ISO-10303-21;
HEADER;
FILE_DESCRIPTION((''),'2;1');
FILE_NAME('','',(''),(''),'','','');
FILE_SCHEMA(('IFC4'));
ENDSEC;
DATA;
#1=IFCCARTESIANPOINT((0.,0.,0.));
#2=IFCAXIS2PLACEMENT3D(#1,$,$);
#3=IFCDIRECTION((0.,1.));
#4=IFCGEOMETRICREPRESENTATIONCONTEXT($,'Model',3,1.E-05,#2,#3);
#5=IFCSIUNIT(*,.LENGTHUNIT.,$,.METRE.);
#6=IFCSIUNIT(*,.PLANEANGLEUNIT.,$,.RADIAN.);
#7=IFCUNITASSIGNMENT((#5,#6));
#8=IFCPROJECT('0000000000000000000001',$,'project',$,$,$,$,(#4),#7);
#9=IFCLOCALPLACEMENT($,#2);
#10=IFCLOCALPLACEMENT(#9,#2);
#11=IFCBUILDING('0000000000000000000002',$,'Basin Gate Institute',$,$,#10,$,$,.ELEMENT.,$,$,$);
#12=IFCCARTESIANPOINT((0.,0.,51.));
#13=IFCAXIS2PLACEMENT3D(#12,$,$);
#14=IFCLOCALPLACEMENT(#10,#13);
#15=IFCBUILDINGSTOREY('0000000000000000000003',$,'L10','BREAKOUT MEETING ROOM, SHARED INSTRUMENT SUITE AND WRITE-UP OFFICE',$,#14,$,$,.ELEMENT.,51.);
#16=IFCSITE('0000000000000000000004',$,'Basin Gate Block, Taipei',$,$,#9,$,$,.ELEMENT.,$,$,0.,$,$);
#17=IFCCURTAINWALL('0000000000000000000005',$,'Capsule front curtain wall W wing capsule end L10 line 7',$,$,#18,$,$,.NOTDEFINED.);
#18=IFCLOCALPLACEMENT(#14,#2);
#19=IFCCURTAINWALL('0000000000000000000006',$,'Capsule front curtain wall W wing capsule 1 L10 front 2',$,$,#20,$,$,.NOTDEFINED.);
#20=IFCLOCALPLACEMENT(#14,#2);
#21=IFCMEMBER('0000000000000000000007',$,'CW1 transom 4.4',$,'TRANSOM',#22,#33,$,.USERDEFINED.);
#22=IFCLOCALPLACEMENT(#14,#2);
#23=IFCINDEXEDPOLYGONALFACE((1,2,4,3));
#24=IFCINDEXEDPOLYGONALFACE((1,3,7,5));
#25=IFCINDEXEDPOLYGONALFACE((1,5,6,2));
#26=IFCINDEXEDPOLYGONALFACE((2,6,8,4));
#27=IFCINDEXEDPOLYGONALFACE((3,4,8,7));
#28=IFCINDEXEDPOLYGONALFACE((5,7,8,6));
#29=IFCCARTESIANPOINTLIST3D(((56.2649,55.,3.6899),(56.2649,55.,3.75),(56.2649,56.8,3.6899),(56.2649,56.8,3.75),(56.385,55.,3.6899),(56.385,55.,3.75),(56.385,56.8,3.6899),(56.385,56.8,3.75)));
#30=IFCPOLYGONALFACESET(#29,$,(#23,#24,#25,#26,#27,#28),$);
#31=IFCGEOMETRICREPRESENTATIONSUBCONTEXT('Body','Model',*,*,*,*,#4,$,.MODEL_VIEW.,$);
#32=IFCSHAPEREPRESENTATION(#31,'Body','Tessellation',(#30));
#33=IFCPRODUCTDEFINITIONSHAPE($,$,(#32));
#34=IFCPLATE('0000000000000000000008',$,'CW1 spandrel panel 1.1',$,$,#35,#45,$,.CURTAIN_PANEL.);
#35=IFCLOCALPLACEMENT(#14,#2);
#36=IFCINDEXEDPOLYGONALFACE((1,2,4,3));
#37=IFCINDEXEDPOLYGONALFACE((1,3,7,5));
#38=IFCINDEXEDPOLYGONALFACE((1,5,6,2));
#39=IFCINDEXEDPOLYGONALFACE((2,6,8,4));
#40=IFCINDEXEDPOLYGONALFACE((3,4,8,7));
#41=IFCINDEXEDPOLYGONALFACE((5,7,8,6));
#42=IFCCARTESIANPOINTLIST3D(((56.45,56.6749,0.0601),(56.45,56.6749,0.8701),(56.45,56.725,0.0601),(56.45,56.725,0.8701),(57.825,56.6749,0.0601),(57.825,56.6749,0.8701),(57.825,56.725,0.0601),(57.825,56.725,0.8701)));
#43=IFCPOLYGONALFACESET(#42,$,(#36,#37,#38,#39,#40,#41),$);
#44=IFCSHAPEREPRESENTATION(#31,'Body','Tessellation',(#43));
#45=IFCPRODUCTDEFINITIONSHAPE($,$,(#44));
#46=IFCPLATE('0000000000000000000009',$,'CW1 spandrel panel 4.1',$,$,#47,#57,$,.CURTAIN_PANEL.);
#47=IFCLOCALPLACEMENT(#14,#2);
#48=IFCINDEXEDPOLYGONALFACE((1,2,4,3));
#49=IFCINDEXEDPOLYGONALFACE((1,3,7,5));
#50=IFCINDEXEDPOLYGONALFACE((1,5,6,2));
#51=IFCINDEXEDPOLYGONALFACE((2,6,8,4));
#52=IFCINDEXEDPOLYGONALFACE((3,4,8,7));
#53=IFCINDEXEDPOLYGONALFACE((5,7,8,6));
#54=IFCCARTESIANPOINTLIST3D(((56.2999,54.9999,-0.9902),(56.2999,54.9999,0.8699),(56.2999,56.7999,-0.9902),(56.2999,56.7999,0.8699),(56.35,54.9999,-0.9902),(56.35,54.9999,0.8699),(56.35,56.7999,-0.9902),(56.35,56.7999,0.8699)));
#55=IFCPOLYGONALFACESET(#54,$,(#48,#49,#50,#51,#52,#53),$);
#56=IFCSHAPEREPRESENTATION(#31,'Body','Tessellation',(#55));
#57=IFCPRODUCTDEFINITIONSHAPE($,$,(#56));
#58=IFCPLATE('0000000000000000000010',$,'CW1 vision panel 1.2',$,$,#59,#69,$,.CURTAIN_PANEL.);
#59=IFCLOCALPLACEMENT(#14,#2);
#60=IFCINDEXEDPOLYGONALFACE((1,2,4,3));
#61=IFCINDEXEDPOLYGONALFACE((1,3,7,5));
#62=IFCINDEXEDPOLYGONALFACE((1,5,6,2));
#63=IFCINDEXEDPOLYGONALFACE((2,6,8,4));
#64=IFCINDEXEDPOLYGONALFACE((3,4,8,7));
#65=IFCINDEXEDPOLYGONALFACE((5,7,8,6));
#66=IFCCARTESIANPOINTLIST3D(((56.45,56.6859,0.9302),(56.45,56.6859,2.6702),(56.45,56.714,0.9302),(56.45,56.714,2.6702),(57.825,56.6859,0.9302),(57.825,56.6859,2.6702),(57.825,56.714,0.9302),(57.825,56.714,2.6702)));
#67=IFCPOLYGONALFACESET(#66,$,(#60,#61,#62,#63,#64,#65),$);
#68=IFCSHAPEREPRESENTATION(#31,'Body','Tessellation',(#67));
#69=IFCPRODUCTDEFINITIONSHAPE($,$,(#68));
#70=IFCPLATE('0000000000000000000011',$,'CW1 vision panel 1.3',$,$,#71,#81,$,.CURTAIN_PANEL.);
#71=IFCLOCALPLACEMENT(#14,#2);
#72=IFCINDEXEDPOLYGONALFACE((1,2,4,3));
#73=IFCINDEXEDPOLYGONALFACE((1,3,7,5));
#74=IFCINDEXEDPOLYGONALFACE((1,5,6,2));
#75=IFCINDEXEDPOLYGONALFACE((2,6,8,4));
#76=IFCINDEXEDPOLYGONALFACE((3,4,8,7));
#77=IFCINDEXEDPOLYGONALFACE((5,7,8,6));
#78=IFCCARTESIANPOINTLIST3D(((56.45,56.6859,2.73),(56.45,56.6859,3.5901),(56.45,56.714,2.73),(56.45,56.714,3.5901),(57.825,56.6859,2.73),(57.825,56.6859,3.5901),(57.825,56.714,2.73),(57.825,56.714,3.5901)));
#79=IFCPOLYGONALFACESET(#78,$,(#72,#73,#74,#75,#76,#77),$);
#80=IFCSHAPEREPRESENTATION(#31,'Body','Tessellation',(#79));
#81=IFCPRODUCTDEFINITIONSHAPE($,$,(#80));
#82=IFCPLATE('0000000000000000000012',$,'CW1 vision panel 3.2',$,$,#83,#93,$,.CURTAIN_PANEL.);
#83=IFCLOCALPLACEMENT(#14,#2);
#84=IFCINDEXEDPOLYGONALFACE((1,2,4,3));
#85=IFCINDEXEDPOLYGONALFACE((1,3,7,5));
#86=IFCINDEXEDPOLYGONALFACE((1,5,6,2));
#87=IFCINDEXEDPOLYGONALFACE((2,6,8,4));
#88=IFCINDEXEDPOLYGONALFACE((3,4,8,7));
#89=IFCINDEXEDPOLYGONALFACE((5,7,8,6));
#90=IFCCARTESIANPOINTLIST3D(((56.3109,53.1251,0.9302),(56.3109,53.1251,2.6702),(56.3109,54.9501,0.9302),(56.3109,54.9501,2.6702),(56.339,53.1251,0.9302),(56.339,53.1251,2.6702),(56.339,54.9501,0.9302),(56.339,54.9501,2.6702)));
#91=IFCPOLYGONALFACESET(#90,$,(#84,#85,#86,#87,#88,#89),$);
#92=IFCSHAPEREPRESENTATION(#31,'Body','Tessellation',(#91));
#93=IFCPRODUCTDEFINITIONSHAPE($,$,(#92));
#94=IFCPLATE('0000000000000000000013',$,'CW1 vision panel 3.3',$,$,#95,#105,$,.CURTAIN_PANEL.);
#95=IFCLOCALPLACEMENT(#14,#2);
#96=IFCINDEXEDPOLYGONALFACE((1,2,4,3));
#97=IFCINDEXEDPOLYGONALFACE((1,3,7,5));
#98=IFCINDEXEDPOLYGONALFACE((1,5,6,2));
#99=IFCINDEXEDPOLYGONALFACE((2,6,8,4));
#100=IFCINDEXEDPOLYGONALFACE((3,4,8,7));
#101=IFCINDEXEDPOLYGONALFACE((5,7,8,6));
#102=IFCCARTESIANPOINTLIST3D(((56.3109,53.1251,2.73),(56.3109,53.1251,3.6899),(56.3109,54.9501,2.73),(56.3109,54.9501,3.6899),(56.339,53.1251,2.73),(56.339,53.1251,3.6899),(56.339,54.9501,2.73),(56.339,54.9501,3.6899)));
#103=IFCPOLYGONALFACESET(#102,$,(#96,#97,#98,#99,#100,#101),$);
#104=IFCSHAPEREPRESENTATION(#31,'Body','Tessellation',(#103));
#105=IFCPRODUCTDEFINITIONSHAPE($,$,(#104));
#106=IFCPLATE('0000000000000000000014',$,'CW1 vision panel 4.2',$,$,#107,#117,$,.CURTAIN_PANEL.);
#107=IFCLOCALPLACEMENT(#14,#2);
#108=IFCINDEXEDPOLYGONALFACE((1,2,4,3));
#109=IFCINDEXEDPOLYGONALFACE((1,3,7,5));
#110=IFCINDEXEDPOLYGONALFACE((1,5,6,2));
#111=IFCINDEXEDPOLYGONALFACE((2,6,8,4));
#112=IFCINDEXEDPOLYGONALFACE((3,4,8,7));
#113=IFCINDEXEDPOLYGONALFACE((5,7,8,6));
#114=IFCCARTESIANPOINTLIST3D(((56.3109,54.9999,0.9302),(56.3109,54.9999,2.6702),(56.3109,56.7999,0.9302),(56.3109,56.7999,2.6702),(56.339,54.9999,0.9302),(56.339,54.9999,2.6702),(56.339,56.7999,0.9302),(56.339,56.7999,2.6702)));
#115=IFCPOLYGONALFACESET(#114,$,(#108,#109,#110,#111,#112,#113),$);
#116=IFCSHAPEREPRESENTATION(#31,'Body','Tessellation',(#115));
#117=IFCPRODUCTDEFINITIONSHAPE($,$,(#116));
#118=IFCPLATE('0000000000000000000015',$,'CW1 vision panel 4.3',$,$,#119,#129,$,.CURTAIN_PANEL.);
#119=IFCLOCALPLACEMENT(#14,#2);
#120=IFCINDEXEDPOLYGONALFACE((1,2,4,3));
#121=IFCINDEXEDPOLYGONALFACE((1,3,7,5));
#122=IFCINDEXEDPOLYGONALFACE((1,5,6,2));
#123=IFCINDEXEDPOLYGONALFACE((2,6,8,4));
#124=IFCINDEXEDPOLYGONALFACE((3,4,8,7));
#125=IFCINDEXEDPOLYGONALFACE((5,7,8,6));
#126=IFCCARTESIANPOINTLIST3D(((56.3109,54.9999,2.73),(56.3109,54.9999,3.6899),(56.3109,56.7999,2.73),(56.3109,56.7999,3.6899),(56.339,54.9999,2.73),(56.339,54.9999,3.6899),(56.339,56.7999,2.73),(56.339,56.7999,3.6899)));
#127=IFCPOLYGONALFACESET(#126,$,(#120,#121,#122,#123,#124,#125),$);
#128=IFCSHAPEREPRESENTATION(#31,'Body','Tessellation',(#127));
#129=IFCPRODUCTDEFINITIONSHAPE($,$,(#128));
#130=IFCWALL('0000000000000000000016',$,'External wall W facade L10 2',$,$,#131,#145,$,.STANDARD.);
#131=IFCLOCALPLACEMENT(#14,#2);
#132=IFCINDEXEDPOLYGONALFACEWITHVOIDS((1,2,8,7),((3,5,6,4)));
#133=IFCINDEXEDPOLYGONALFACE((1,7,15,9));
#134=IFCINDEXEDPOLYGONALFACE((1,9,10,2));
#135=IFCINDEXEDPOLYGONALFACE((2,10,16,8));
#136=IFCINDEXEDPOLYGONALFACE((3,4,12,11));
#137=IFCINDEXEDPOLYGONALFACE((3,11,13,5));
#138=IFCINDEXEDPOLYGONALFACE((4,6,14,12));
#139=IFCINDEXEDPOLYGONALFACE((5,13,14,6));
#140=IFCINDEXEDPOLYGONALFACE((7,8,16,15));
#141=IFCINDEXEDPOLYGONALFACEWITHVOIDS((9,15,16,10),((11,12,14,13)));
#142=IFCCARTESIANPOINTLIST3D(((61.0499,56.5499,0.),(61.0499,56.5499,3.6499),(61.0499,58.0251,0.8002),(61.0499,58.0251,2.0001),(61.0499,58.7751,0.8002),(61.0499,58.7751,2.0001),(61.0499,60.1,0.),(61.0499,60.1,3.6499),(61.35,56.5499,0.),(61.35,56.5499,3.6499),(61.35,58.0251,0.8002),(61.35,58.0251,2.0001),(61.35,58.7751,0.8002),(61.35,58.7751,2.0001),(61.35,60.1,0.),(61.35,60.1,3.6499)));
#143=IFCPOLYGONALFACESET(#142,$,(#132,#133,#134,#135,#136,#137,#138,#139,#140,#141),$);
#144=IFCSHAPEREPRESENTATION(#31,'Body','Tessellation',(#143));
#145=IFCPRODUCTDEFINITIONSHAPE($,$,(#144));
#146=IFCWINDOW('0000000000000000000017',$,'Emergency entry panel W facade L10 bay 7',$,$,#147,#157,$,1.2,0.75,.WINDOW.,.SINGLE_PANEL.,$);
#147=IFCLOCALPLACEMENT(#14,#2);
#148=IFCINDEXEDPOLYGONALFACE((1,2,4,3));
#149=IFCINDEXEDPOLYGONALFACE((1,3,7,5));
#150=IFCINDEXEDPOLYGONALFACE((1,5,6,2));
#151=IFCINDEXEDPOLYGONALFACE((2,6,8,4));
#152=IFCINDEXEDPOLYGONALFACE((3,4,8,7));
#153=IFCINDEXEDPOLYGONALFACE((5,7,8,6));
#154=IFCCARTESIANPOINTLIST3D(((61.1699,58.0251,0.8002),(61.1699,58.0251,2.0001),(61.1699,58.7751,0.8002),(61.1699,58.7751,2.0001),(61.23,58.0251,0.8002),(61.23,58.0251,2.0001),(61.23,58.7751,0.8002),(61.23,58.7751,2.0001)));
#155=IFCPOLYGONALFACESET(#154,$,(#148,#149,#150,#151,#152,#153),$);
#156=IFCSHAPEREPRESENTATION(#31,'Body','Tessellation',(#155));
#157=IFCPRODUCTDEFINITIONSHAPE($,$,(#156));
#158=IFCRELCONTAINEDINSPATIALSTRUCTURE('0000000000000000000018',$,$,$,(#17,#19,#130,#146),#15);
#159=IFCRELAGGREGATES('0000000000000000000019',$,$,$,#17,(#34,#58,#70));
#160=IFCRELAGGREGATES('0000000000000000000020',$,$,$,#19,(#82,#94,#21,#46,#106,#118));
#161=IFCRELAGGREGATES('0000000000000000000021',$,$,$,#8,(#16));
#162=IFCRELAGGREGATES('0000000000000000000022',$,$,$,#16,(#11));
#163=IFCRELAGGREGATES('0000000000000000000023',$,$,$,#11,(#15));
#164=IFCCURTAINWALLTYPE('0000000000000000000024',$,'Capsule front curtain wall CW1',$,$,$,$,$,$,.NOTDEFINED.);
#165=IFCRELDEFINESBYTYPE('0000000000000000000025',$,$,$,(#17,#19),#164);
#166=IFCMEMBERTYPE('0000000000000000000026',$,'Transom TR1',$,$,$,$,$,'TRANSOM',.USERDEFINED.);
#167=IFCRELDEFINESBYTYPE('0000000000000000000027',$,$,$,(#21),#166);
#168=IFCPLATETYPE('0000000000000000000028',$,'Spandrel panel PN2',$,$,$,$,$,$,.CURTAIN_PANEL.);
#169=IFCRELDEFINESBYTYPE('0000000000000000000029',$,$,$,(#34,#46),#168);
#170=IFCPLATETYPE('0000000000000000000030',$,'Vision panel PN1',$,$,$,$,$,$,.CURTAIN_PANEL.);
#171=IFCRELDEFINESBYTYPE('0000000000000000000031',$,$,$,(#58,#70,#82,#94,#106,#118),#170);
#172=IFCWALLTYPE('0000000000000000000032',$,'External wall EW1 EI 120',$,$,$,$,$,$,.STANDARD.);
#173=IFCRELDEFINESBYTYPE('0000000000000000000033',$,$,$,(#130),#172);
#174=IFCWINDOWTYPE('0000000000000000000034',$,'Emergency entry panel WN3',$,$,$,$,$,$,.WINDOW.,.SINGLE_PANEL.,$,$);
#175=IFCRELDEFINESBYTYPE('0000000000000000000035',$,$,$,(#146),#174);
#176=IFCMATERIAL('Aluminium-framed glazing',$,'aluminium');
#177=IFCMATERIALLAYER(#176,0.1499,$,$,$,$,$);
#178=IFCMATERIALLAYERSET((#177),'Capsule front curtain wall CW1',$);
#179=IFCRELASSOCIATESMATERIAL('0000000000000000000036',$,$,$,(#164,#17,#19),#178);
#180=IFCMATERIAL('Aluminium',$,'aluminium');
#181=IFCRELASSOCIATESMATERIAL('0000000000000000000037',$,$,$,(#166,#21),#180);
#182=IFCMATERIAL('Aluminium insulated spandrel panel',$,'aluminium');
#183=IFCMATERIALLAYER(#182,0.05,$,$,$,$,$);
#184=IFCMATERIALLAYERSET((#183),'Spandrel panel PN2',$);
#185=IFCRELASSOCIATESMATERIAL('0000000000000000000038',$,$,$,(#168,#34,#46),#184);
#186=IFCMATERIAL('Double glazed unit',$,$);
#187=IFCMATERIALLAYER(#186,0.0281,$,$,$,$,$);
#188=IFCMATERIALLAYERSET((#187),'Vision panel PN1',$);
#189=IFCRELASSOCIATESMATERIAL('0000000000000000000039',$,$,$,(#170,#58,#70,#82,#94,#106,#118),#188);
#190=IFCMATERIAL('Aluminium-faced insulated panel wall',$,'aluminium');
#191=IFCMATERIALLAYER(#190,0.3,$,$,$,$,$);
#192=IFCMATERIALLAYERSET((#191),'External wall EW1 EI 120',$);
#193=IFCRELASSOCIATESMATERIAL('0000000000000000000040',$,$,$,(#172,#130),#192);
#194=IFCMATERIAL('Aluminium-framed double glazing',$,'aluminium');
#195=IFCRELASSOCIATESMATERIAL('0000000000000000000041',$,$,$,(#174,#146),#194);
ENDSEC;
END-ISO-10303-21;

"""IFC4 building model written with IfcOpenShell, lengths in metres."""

from ifc_helpers import new_model, si_unit, direction, frame, frame_2d, origin, origin_2d, place, context, subcontext, project, spatial, rectangle, extrude, material, layer, layer_set, material_profile, profile_set, type_object, element, fill, aggregate, save


model = new_model("IFC4")

# Units and contexts
model_context = context("Model", 3, precision=1e-05, world=origin(), true_north=direction((0.0, 1.0)))
body_context = subcontext(model_context, "Body", "Model", "MODEL_VIEW")
ifc_project = project(units=[si_unit("LENGTHUNIT", "METRE"), si_unit("PLANEANGLEUNIT", "RADIAN")], contexts=[model_context])

# Site, building, storey
site_placement = place(None, origin())
site = spatial("IfcSite", under=ifc_project, at=site_placement, Name="Basin Gate Block, Taipei", CompositionType="ELEMENT", RefElevation=0.0)
building_placement = place(site_placement, origin())
building = spatial("IfcBuilding", under=site, at=building_placement, Name="Basin Gate Institute", CompositionType="ELEMENT")
storey_placement = place(building_placement, frame((0.0, 0.0, 51.0)))
storey = spatial("IfcBuildingStorey", under=building, at=storey_placement, Name="L10", Description="BREAKOUT MEETING ROOM, SHARED INSTRUMENT SUITE AND WRITE-UP OFFICE", CompositionType="ELEMENT", Elevation=51.0)

# Curtain wall
ifc_material_1 = material(Name="Aluminium-framed glazing", Category="aluminium")
ifc_layer_1 = layer(ifc_material_1, 0.1499)
ifc_layer_set_1 = layer_set([ifc_layer_1], Name="Capsule front curtain wall CW1")
curtain_wall_type = type_object("IfcCurtainWallType", Name="Capsule front curtain wall CW1", PredefinedType="NOTDEFINED", material=ifc_layer_set_1)
curtain_wall_1_placement = place(storey_placement, origin())
curtain_wall_1 = element("IfcCurtainWall", 1, at=curtain_wall_1_placement, inside=storey, type_object=curtain_wall_type, material=ifc_layer_set_1, Name="Capsule front curtain wall W wing capsule end L10 line 7", PredefinedType="NOTDEFINED")

# Curtain wall
curtain_wall_2_placement = place(storey_placement, origin())
curtain_wall_2 = element("IfcCurtainWall", 2, at=curtain_wall_2_placement, inside=storey, type_object=curtain_wall_type, material=ifc_layer_set_1, Name="Capsule front curtain wall W wing capsule 1 L10 front 2", PredefinedType="NOTDEFINED")

# Member
ifc_material_2 = material(Name="Aluminium", Category="aluminium")
ifc_material_profile_1 = material_profile(ifc_material_2, rectangle(XDim=0.1201, YDim=0.0601, at=origin_2d()), Name="Transom TR1 120 x 60")
ifc_profile_set_1 = profile_set([ifc_material_profile_1], Name="Aluminium")
member_type_1 = type_object("IfcMemberType", Name="Transom TR1", ElementType="TRANSOM", PredefinedType="USERDEFINED", material=ifc_profile_set_1)
member_1_placement = place(storey_placement, frame((56.325, 55.0, 3.72), z_axis=(0.0, 1.0, 0.0), x_axis=(-1.0, 0.0, 0.0)))
member_1 = element("IfcMember", 3, at=member_1_placement, type_object=member_type_1, material=ifc_profile_set_1, Name="CW1 transom 4.4", ObjectType="TRANSOM", PredefinedType="USERDEFINED", context=body_context, shape_type="SweptSolid", body=[
    extrude(rectangle(XDim=0.1201, YDim=0.0601, at=origin_2d()), origin(), (0.0, 0.0, 1.0), 1.8),
])

# Plates
ifc_material_3 = material(Name="Aluminium insulated spandrel panel", Category="aluminium")
ifc_layer_2 = layer(ifc_material_3, 0.05)
ifc_layer_set_2 = layer_set([ifc_layer_2], Name="Spandrel panel PN2")
plate_type_1 = type_object("IfcPlateType", Name="Spandrel panel PN2", PredefinedType="CURTAIN_PANEL", material=ifc_layer_set_2)
plate_1_placement = place(storey_placement, frame((57.1375, 56.7, 0.0601), z_axis=(0.0, 0.0, 1.0), x_axis=(1.0, 0.0, 0.0)))
plate_1 = element("IfcPlate", 4, at=plate_1_placement, type_object=plate_type_1, material=ifc_layer_set_2, Name="CW1 spandrel panel 1.1", PredefinedType="CURTAIN_PANEL", context=body_context, shape_type="SweptSolid", body=[
    extrude(rectangle(XDim=1.375, YDim=0.05, at=origin_2d()), origin(), (0.0, 0.0, 1.0), 0.8101),
])
plate_2_placement = place(storey_placement, frame((56.325, 55.8999, -0.9902), z_axis=(0.0, 0.0, 1.0), x_axis=(0.0, 1.0, 0.0)))
plate_2 = element("IfcPlate", 5, at=plate_2_placement, type_object=plate_type_1, material=ifc_layer_set_2, Name="CW1 spandrel panel 4.1", PredefinedType="CURTAIN_PANEL", context=body_context, shape_type="SweptSolid", body=[
    extrude(rectangle(XDim=1.8, YDim=0.05, at=origin_2d()), origin(), (0.0, 0.0, 1.0), 1.8601),
])
ifc_material_4 = material(Name="Double glazed unit")
ifc_layer_3 = layer(ifc_material_4, 0.0281)
ifc_layer_set_3 = layer_set([ifc_layer_3], Name="Vision panel PN1")
plate_type_2 = type_object("IfcPlateType", Name="Vision panel PN1", PredefinedType="CURTAIN_PANEL", material=ifc_layer_set_3)
plate_3_placement = place(storey_placement, frame((57.1375, 56.7, 0.9302), z_axis=(0.0, 0.0, 1.0), x_axis=(1.0, 0.0, 0.0)))
plate_3 = element("IfcPlate", 6, at=plate_3_placement, type_object=plate_type_2, material=ifc_layer_set_3, Name="CW1 vision panel 1.2", PredefinedType="CURTAIN_PANEL", context=body_context, shape_type="SweptSolid", body=[
    extrude(rectangle(XDim=1.375, YDim=0.0281, at=origin_2d()), origin(), (0.0, 0.0, 1.0), 1.74),
])
plate_4_placement = place(storey_placement, frame((57.1375, 56.7, 2.73), z_axis=(0.0, 0.0, 1.0), x_axis=(1.0, 0.0, 0.0)))
plate_4 = element("IfcPlate", 7, at=plate_4_placement, type_object=plate_type_2, material=ifc_layer_set_3, Name="CW1 vision panel 1.3", PredefinedType="CURTAIN_PANEL", context=body_context, shape_type="SweptSolid", body=[
    extrude(rectangle(XDim=1.375, YDim=0.0281, at=origin_2d()), origin(), (0.0, 0.0, 1.0), 0.8601),
])
aggregate(curtain_wall_1, [plate_1, plate_3, plate_4])
plate_5_placement = place(storey_placement, frame((56.325, 54.0376, 0.9302), z_axis=(0.0, 0.0, 1.0), x_axis=(0.0, 1.0, 0.0)))
plate_5 = element("IfcPlate", 8, at=plate_5_placement, type_object=plate_type_2, material=ifc_layer_set_3, Name="CW1 vision panel 3.2", PredefinedType="CURTAIN_PANEL", context=body_context, shape_type="SweptSolid", body=[
    extrude(rectangle(XDim=1.825, YDim=0.0281, at=origin_2d()), origin(), (0.0, 0.0, 1.0), 1.74),
])
plate_6_placement = place(storey_placement, frame((56.325, 54.0376, 2.73), z_axis=(0.0, 0.0, 1.0), x_axis=(0.0, 1.0, 0.0)))
plate_6 = element("IfcPlate", 9, at=plate_6_placement, type_object=plate_type_2, material=ifc_layer_set_3, Name="CW1 vision panel 3.3", PredefinedType="CURTAIN_PANEL", context=body_context, shape_type="SweptSolid", body=[
    extrude(rectangle(XDim=1.825, YDim=0.0281, at=origin_2d()), origin(), (0.0, 0.0, 1.0), 0.96),
])
plate_7_placement = place(storey_placement, frame((56.325, 55.8999, 0.9302), z_axis=(0.0, 0.0, 1.0), x_axis=(0.0, 1.0, 0.0)))
plate_7 = element("IfcPlate", 10, at=plate_7_placement, type_object=plate_type_2, material=ifc_layer_set_3, Name="CW1 vision panel 4.2", PredefinedType="CURTAIN_PANEL", context=body_context, shape_type="SweptSolid", body=[
    extrude(rectangle(XDim=1.8, YDim=0.0281, at=origin_2d()), origin(), (0.0, 0.0, 1.0), 1.74),
])
plate_8_placement = place(storey_placement, frame((56.325, 55.8999, 2.73), z_axis=(0.0, 0.0, 1.0), x_axis=(0.0, 1.0, 0.0)))
plate_8 = element("IfcPlate", 11, at=plate_8_placement, type_object=plate_type_2, material=ifc_layer_set_3, Name="CW1 vision panel 4.3", PredefinedType="CURTAIN_PANEL", context=body_context, shape_type="SweptSolid", body=[
    extrude(rectangle(XDim=1.8, YDim=0.0281, at=origin_2d()), origin(), (0.0, 0.0, 1.0), 0.96),
])
aggregate(curtain_wall_2, [plate_5, plate_6, member_1, plate_2, plate_7, plate_8])

# Wall, opening, window
ifc_material_5 = material(Name="Aluminium-faced insulated panel wall", Category="aluminium")
ifc_layer_4 = layer(ifc_material_5, 0.3)
ifc_layer_set_4 = layer_set([ifc_layer_4], Name="External wall EW1 EI 120")
wall_type = type_object("IfcWallType", Name="External wall EW1 EI 120", PredefinedType="STANDARD", material=ifc_layer_set_4)
wall_placement = place(storey_placement, frame((61.2, 56.55, 0.0), z_axis=(0.0, 0.0, 1.0), x_axis=(0.0, 1.0, 0.0)))
wall = element("IfcWall", 12, at=wall_placement, inside=storey, type_object=wall_type, material=ifc_layer_set_4, Name="External wall W facade L10 2", PredefinedType="STANDARD", context=body_context, shape_type="SweptSolid", body=[
    extrude(rectangle(XDim=3.55, YDim=0.3, at=frame_2d((1.7749, 0.0))), origin(), (0.0, 0.0, 1.0), 3.6499),
])
opening_placement = place(wall_placement, frame((1.4751, 0.0, 0.8)))
opening = element("IfcOpeningElement", 13, at=opening_placement, cuts=wall, PredefinedType="OPENING", context=body_context, shape_type="SweptSolid", body=[
    extrude(rectangle(XDim=0.75, YDim=1.2, at=frame_2d((0.375, 0.6001))), frame((0.0, 0.1602, 0.0), z_axis=(0.0, -1.0, 0.0), x_axis=(1.0, 0.0, 0.0)), (0.0, 0.0, 1.0), 0.3201),
])
ifc_material_6 = material(Name="Aluminium-framed double glazing", Category="aluminium")
window_type = type_object("IfcWindowType", Name="Emergency entry panel WN3", PartitioningType="SINGLE_PANEL", PredefinedType="WINDOW", material=ifc_material_6)
window_placement = place(opening_placement, origin())
window = element("IfcWindow", 14, at=window_placement, inside=storey, type_object=window_type, material=ifc_material_6, Name="Emergency entry panel W facade L10 bay 7", OverallHeight=1.2, OverallWidth=0.75, PartitioningType="SINGLE_PANEL", PredefinedType="WINDOW", context=body_context, shape_type="SweptSolid", body=[
    extrude(rectangle(XDim=0.75, YDim=1.2, at=frame_2d((0.375, 0.6001))), frame((0.0, 0.03, 0.0), z_axis=(0.0, -1.0, 0.0), x_axis=(1.0, 0.0, 0.0)), (0.0, 0.0, 1.0), 0.0601),
])
fill(opening, window)

save(model, "model.ifc")
